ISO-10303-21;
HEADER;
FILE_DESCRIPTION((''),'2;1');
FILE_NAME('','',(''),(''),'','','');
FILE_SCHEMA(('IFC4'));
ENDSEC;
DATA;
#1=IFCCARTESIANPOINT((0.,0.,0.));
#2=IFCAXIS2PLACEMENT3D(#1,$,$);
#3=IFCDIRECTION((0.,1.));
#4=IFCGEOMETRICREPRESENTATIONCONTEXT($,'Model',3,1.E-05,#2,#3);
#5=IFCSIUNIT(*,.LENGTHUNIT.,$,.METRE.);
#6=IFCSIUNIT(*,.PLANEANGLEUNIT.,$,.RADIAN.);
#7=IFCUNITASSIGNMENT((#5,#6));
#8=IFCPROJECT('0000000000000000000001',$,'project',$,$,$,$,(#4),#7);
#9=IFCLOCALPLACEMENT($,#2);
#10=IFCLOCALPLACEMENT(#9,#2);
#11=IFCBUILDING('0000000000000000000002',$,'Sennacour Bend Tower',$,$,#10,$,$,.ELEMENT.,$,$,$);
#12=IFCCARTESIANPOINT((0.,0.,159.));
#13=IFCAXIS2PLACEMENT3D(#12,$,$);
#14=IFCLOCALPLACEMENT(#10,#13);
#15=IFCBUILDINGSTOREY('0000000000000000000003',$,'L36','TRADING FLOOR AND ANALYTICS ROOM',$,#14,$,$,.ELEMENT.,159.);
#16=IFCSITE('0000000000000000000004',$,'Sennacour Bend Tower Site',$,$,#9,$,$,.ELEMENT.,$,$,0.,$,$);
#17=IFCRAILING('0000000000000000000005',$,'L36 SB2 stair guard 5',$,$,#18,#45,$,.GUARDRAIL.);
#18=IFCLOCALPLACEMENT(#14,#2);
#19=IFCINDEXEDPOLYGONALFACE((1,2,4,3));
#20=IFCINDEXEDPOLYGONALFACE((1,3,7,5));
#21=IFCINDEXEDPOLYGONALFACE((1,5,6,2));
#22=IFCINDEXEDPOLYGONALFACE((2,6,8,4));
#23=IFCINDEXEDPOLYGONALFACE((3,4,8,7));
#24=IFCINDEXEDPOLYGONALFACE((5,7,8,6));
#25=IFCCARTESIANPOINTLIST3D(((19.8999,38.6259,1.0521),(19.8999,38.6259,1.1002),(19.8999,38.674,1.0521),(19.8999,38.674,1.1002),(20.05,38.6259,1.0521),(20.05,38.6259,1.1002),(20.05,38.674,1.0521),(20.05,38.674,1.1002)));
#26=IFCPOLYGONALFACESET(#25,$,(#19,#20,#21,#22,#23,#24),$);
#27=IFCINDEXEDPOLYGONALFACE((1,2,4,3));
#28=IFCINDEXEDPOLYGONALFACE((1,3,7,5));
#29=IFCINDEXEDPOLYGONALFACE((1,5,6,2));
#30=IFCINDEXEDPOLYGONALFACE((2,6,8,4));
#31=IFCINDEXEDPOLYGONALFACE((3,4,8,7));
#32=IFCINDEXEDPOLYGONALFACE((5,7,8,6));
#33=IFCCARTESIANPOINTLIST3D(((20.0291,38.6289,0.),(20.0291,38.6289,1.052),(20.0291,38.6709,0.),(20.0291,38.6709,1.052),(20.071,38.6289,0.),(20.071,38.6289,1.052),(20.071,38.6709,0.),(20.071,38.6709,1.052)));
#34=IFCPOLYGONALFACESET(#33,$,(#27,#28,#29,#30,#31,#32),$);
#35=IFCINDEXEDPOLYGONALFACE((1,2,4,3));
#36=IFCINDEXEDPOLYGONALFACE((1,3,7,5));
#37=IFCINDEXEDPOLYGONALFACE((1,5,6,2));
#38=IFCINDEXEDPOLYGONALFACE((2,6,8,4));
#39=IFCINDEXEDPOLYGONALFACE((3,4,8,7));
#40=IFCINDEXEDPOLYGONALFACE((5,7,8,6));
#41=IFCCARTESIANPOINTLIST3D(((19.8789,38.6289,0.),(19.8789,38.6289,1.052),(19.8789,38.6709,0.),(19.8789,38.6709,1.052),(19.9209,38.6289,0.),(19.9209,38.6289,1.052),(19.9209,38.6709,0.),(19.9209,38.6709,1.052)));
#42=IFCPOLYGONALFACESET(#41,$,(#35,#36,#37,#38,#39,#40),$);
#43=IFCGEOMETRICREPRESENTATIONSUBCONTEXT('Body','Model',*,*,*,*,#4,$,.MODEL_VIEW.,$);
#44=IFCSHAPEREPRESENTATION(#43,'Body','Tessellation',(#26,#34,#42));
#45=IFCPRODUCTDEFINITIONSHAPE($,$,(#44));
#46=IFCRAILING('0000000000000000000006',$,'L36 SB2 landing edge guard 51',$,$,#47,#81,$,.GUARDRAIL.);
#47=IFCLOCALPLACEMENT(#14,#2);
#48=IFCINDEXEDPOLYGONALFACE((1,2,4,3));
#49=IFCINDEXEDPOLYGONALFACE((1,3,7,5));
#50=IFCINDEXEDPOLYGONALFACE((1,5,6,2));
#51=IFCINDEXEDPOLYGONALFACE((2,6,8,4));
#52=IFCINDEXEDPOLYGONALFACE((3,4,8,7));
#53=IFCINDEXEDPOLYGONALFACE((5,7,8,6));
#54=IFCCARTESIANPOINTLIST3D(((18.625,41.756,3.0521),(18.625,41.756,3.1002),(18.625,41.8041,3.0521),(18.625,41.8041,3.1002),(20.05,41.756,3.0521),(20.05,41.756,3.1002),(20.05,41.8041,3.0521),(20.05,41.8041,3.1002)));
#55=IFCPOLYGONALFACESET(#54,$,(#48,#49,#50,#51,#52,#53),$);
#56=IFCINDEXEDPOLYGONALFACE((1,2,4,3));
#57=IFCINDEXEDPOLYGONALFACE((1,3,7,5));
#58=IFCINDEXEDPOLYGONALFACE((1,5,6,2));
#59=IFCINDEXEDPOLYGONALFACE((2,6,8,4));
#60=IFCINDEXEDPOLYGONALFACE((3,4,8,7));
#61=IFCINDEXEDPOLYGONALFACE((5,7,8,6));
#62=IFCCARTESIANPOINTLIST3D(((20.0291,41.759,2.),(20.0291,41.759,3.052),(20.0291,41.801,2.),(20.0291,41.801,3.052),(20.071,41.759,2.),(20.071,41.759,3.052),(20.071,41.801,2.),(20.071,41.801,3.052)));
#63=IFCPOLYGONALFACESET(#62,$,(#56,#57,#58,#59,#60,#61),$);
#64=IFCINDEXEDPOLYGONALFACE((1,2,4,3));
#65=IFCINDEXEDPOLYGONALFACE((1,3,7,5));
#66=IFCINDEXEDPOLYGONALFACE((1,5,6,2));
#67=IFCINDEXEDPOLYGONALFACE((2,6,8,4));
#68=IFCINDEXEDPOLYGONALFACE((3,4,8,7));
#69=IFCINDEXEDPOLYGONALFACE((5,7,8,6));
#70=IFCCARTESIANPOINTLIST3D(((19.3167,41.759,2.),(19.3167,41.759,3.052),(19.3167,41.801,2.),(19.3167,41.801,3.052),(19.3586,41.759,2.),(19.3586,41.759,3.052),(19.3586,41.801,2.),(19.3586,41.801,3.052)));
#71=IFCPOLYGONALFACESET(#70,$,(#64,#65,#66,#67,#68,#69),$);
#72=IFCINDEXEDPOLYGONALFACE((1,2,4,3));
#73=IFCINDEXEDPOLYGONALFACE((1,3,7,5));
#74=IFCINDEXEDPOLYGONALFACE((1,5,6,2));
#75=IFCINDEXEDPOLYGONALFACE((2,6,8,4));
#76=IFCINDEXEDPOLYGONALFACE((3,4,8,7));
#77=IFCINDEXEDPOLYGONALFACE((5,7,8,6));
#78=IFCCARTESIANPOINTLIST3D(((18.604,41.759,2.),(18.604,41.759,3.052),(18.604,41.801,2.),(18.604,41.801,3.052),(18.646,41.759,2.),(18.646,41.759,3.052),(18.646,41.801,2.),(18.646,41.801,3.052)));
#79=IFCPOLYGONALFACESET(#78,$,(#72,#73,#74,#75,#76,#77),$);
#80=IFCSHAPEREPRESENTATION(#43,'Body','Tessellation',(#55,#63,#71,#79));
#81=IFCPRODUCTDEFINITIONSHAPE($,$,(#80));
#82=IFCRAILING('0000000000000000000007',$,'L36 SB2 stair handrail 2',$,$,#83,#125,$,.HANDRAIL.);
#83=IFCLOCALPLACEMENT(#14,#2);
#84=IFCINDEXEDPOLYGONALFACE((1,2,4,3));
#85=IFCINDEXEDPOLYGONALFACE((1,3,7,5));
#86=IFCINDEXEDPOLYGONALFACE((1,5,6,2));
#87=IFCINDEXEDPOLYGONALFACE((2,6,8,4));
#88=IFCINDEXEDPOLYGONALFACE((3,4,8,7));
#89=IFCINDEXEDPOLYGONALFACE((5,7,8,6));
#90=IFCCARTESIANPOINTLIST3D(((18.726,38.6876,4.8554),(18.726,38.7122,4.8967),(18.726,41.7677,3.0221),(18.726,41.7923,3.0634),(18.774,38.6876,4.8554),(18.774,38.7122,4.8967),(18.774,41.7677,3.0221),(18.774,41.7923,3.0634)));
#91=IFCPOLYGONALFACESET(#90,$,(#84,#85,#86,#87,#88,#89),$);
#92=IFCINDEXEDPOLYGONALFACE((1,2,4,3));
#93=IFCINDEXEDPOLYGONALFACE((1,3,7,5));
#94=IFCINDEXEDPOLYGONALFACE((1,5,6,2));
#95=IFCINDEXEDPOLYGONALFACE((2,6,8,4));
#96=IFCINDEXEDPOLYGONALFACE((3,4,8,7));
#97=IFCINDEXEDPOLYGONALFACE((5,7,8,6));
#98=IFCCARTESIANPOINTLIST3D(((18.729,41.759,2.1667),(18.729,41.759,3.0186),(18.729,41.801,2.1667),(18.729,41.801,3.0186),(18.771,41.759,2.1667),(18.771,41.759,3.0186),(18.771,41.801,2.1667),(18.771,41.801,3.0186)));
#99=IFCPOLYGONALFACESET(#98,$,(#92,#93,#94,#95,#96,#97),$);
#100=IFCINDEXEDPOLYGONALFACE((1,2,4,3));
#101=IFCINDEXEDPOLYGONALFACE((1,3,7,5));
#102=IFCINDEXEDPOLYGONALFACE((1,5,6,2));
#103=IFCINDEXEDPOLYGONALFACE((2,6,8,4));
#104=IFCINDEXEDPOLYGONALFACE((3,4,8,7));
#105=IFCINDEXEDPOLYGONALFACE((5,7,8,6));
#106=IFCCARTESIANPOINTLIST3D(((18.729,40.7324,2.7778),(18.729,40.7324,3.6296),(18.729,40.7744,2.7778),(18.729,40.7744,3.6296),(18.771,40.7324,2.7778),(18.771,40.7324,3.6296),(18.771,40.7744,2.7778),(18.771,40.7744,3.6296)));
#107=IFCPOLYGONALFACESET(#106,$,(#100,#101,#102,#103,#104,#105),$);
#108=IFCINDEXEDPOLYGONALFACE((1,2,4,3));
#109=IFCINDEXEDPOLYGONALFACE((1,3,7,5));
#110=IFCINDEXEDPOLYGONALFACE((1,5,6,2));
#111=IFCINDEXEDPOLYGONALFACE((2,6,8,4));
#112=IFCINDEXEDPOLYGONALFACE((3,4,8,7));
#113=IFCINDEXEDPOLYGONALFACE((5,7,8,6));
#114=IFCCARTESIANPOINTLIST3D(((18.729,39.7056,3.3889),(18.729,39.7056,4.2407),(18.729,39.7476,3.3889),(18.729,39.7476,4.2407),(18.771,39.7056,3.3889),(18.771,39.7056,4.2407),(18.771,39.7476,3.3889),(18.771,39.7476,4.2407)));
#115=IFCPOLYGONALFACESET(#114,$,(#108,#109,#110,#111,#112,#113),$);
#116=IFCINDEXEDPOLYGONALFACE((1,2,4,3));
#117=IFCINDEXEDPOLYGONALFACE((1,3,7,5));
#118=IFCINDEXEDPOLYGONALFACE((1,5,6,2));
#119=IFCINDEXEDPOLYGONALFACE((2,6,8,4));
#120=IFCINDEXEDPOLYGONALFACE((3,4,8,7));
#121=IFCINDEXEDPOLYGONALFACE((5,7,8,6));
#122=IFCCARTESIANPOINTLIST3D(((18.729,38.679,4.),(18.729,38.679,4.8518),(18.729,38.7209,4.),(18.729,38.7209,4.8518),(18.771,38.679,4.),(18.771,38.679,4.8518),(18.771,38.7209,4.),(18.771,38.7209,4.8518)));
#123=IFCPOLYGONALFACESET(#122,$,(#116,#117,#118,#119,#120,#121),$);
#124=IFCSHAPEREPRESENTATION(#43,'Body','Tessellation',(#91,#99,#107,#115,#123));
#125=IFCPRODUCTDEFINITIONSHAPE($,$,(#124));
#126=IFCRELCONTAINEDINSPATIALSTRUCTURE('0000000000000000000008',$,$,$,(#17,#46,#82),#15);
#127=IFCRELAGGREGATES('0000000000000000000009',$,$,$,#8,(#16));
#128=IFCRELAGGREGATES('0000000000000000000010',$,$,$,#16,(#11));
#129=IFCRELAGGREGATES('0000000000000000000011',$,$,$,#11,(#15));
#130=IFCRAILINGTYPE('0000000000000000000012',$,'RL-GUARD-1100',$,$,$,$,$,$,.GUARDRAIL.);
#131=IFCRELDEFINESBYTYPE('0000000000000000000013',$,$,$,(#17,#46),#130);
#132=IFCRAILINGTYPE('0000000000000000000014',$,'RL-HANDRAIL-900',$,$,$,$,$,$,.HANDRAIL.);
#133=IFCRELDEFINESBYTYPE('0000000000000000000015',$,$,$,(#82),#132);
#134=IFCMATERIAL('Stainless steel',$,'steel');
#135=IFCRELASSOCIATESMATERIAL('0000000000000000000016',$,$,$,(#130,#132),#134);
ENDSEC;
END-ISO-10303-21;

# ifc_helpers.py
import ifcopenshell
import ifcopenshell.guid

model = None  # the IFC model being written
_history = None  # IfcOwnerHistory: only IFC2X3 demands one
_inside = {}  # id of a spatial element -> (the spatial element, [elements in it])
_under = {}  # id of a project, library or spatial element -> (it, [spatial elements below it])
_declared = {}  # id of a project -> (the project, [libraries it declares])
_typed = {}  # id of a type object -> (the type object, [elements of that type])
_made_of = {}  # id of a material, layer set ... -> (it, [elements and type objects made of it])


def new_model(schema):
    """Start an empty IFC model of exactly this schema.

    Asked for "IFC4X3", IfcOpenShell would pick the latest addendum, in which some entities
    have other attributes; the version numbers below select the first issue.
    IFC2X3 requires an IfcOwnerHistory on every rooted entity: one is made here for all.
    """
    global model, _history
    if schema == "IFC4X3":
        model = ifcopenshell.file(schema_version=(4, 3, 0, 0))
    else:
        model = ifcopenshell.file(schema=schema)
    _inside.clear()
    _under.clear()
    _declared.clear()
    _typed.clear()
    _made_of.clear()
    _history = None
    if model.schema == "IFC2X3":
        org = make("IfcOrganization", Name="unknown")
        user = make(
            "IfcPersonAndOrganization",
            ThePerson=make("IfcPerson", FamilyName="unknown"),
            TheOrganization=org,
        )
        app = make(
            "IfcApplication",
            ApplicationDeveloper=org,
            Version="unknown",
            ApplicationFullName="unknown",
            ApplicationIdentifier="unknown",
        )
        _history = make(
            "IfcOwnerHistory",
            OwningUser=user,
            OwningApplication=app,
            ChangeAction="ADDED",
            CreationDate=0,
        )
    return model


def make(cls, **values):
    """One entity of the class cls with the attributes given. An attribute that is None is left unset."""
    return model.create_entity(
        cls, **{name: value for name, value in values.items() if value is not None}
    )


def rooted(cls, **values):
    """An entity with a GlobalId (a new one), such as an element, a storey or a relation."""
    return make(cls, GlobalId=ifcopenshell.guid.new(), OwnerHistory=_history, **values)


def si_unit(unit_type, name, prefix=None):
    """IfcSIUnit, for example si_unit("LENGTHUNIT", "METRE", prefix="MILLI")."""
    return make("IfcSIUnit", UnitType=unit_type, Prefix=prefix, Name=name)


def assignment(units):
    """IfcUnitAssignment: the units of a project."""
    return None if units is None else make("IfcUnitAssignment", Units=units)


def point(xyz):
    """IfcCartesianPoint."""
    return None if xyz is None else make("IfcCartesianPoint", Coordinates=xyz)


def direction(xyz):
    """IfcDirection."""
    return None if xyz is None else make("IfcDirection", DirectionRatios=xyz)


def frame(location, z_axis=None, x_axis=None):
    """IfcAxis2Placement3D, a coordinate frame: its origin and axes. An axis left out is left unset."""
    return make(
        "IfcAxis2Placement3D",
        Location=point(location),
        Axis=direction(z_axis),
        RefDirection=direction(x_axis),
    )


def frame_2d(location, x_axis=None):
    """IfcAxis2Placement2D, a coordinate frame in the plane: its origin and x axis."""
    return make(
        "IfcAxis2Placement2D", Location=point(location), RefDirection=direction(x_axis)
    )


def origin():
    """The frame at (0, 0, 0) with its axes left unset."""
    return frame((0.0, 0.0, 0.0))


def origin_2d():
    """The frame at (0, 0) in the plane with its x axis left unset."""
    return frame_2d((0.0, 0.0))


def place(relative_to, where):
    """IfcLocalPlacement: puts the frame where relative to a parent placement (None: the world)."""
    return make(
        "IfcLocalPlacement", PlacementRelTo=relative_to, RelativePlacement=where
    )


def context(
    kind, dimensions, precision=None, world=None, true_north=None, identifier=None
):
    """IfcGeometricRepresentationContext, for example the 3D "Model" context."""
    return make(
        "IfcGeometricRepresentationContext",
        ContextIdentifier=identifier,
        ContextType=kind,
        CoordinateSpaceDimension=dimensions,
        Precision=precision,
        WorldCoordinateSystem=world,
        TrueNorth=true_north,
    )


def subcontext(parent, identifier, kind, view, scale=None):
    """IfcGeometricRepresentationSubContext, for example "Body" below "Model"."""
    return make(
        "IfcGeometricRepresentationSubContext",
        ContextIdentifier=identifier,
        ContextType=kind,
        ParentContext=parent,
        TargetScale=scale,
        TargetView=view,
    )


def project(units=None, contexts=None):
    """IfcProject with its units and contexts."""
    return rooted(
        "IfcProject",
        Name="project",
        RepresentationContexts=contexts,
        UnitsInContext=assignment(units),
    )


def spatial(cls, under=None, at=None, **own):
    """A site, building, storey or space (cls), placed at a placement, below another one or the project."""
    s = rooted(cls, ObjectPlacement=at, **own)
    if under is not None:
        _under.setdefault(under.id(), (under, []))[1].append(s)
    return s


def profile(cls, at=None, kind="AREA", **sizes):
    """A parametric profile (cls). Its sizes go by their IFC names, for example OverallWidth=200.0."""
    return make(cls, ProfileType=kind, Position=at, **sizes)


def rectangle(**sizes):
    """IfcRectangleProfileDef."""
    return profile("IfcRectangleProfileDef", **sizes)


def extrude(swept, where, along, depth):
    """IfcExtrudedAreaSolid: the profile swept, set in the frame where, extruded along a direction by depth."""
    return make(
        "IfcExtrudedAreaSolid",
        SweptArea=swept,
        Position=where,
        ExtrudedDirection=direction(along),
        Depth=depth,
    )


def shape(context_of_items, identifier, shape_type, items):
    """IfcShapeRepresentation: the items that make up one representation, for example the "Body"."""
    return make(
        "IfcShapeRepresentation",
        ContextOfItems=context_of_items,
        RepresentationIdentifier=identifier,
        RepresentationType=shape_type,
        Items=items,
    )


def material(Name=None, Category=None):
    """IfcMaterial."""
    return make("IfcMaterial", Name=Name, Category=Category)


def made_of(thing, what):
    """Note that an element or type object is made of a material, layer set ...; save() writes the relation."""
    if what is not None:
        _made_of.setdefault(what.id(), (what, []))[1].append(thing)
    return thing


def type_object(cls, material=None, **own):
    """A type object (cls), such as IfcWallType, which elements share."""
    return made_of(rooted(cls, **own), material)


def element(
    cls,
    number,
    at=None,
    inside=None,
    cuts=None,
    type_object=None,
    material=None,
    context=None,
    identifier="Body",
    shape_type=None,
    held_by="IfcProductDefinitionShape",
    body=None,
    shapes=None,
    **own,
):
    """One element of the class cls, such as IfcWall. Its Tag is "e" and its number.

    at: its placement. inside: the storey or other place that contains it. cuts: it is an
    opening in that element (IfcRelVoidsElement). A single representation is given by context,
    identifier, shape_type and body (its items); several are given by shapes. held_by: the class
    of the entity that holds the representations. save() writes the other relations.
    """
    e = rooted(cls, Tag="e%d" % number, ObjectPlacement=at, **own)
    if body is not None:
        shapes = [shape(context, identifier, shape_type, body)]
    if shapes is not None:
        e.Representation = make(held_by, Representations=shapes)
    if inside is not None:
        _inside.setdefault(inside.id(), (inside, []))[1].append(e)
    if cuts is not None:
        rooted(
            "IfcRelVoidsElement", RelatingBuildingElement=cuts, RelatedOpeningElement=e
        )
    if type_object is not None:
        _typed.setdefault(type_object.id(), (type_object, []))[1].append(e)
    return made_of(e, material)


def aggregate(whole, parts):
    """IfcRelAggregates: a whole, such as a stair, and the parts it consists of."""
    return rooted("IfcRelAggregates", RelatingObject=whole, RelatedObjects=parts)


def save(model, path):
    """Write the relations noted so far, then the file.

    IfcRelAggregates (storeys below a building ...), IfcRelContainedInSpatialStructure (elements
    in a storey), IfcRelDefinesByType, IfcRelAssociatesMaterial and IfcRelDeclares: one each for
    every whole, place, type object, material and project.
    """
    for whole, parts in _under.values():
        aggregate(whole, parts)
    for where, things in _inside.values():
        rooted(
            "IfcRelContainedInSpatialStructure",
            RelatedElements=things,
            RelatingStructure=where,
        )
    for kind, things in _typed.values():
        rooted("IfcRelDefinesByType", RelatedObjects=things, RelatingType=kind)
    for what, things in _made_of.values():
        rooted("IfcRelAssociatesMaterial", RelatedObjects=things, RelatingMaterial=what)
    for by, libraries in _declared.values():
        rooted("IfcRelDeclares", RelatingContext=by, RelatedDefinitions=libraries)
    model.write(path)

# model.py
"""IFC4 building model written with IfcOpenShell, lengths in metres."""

from ifc_helpers import new_model, si_unit, direction, frame, origin, origin_2d, place, context, subcontext, project, spatial, rectangle, extrude, material, type_object, element, save


model = new_model("IFC4")

# Units and contexts
model_context = context("Model", 3, precision=1e-05, world=origin(), true_north=direction((0.0, 1.0)))
body_context = subcontext(model_context, "Body", "Model", "MODEL_VIEW")
ifc_project = project(units=[si_unit("LENGTHUNIT", "METRE"), si_unit("PLANEANGLEUNIT", "RADIAN")], contexts=[model_context])

# Site, building, storey
site_placement = place(None, origin())
site = spatial("IfcSite", under=ifc_project, at=site_placement, Name="Sennacour Bend Tower Site", CompositionType="ELEMENT", RefElevation=0.0)
building_placement = place(site_placement, origin())
building = spatial("IfcBuilding", under=site, at=building_placement, Name="Sennacour Bend Tower", CompositionType="ELEMENT")
storey_placement = place(building_placement, frame((0.0, 0.0, 159.0)))
storey = spatial("IfcBuildingStorey", under=building, at=storey_placement, Name="L36", Description="TRADING FLOOR AND ANALYTICS ROOM", CompositionType="ELEMENT", Elevation=159.0)

# Shared definitions
ifc_material_1 = material(Name="Stainless steel", Category="steel")

# Railings
railing_type_1 = type_object("IfcRailingType", Name="RL-GUARD-1100", PredefinedType="GUARDRAIL", material=ifc_material_1)
railing_1_placement = place(storey_placement, frame((20.05, 38.6499, 0.0)))
element("IfcRailing", 1, at=railing_1_placement, inside=storey, type_object=railing_type_1, Name="L36 SB2 stair guard 5", PredefinedType="GUARDRAIL", context=body_context, shape_type="SweptSolid", body=[
    extrude(rectangle(XDim=0.0481, YDim=0.0481, at=origin_2d()), frame((0.0, 0.0, 1.0762), z_axis=(-1.0, 0.0, 0.0), x_axis=(0.0, -1.0, 0.0)), (0.0, 0.0, 1.0), 0.1501),
    extrude(rectangle(XDim=0.042, YDim=0.042, at=origin_2d()), origin(), (0.0, 0.0, 1.0), 1.052),
    extrude(rectangle(XDim=0.042, YDim=0.042, at=origin_2d()), frame((-0.1501, 0.0, 0.0)), (0.0, 0.0, 1.0), 1.052),
])
railing_2_placement = place(storey_placement, frame((20.05, 41.78, 2.0)))
element("IfcRailing", 2, at=railing_2_placement, inside=storey, type_object=railing_type_1, Name="L36 SB2 landing edge guard 51", PredefinedType="GUARDRAIL", context=body_context, shape_type="SweptSolid", body=[
    extrude(rectangle(XDim=0.0481, YDim=0.0481, at=origin_2d()), frame((0.0, 0.0, 1.0762), z_axis=(-1.0, 0.0, 0.0), x_axis=(0.0, -1.0, 0.0)), (0.0, 0.0, 1.0), 1.425),
    extrude(rectangle(XDim=0.042, YDim=0.042, at=origin_2d()), origin(), (0.0, 0.0, 1.0), 1.052),
    extrude(rectangle(XDim=0.042, YDim=0.042, at=origin_2d()), frame((-0.7124, 0.0, 0.0)), (0.0, 0.0, 1.0), 1.052),
    extrude(rectangle(XDim=0.042, YDim=0.042, at=origin_2d()), frame((-1.425, 0.0, 0.0)), (0.0, 0.0, 1.0), 1.052),
])
railing_type_2 = type_object("IfcRailingType", Name="RL-HANDRAIL-900", PredefinedType="HANDRAIL", material=ifc_material_1)
railing_3_placement = place(storey_placement, frame((18.75, 41.78, 2.1667)))
element("IfcRailing", 3, at=railing_3_placement, inside=storey, type_object=railing_type_2, Name="L36 SB2 stair handrail 2", PredefinedType="HANDRAIL", context=body_context, shape_type="SweptSolid", body=[
    extrude(rectangle(XDim=0.0481, YDim=0.0481, at=origin_2d()), frame((0.0, 0.0, 0.876), z_axis=(0.0, -0.859309, 0.511458), x_axis=(1.0, 0.0, 0.0)), (0.0, 0.0, 1.0), 3.5845),
    extrude(rectangle(XDim=0.042, YDim=0.042, at=origin_2d()), origin(), (0.0, 0.0, 1.0), 0.8518),
    extrude(rectangle(XDim=0.042, YDim=0.042, at=origin_2d()), frame((0.0, -1.0266, 0.6111)), (0.0, 0.0, 1.0), 0.8518),
    extrude(rectangle(XDim=0.042, YDim=0.042, at=origin_2d()), frame((0.0, -2.0535, 1.2222)), (0.0, 0.0, 1.0), 0.8518),
    extrude(rectangle(XDim=0.042, YDim=0.042, at=origin_2d()), frame((0.0, -3.0801, 1.8333)), (0.0, 0.0, 1.0), 0.8518),
])

save(model, "model.ifc")
